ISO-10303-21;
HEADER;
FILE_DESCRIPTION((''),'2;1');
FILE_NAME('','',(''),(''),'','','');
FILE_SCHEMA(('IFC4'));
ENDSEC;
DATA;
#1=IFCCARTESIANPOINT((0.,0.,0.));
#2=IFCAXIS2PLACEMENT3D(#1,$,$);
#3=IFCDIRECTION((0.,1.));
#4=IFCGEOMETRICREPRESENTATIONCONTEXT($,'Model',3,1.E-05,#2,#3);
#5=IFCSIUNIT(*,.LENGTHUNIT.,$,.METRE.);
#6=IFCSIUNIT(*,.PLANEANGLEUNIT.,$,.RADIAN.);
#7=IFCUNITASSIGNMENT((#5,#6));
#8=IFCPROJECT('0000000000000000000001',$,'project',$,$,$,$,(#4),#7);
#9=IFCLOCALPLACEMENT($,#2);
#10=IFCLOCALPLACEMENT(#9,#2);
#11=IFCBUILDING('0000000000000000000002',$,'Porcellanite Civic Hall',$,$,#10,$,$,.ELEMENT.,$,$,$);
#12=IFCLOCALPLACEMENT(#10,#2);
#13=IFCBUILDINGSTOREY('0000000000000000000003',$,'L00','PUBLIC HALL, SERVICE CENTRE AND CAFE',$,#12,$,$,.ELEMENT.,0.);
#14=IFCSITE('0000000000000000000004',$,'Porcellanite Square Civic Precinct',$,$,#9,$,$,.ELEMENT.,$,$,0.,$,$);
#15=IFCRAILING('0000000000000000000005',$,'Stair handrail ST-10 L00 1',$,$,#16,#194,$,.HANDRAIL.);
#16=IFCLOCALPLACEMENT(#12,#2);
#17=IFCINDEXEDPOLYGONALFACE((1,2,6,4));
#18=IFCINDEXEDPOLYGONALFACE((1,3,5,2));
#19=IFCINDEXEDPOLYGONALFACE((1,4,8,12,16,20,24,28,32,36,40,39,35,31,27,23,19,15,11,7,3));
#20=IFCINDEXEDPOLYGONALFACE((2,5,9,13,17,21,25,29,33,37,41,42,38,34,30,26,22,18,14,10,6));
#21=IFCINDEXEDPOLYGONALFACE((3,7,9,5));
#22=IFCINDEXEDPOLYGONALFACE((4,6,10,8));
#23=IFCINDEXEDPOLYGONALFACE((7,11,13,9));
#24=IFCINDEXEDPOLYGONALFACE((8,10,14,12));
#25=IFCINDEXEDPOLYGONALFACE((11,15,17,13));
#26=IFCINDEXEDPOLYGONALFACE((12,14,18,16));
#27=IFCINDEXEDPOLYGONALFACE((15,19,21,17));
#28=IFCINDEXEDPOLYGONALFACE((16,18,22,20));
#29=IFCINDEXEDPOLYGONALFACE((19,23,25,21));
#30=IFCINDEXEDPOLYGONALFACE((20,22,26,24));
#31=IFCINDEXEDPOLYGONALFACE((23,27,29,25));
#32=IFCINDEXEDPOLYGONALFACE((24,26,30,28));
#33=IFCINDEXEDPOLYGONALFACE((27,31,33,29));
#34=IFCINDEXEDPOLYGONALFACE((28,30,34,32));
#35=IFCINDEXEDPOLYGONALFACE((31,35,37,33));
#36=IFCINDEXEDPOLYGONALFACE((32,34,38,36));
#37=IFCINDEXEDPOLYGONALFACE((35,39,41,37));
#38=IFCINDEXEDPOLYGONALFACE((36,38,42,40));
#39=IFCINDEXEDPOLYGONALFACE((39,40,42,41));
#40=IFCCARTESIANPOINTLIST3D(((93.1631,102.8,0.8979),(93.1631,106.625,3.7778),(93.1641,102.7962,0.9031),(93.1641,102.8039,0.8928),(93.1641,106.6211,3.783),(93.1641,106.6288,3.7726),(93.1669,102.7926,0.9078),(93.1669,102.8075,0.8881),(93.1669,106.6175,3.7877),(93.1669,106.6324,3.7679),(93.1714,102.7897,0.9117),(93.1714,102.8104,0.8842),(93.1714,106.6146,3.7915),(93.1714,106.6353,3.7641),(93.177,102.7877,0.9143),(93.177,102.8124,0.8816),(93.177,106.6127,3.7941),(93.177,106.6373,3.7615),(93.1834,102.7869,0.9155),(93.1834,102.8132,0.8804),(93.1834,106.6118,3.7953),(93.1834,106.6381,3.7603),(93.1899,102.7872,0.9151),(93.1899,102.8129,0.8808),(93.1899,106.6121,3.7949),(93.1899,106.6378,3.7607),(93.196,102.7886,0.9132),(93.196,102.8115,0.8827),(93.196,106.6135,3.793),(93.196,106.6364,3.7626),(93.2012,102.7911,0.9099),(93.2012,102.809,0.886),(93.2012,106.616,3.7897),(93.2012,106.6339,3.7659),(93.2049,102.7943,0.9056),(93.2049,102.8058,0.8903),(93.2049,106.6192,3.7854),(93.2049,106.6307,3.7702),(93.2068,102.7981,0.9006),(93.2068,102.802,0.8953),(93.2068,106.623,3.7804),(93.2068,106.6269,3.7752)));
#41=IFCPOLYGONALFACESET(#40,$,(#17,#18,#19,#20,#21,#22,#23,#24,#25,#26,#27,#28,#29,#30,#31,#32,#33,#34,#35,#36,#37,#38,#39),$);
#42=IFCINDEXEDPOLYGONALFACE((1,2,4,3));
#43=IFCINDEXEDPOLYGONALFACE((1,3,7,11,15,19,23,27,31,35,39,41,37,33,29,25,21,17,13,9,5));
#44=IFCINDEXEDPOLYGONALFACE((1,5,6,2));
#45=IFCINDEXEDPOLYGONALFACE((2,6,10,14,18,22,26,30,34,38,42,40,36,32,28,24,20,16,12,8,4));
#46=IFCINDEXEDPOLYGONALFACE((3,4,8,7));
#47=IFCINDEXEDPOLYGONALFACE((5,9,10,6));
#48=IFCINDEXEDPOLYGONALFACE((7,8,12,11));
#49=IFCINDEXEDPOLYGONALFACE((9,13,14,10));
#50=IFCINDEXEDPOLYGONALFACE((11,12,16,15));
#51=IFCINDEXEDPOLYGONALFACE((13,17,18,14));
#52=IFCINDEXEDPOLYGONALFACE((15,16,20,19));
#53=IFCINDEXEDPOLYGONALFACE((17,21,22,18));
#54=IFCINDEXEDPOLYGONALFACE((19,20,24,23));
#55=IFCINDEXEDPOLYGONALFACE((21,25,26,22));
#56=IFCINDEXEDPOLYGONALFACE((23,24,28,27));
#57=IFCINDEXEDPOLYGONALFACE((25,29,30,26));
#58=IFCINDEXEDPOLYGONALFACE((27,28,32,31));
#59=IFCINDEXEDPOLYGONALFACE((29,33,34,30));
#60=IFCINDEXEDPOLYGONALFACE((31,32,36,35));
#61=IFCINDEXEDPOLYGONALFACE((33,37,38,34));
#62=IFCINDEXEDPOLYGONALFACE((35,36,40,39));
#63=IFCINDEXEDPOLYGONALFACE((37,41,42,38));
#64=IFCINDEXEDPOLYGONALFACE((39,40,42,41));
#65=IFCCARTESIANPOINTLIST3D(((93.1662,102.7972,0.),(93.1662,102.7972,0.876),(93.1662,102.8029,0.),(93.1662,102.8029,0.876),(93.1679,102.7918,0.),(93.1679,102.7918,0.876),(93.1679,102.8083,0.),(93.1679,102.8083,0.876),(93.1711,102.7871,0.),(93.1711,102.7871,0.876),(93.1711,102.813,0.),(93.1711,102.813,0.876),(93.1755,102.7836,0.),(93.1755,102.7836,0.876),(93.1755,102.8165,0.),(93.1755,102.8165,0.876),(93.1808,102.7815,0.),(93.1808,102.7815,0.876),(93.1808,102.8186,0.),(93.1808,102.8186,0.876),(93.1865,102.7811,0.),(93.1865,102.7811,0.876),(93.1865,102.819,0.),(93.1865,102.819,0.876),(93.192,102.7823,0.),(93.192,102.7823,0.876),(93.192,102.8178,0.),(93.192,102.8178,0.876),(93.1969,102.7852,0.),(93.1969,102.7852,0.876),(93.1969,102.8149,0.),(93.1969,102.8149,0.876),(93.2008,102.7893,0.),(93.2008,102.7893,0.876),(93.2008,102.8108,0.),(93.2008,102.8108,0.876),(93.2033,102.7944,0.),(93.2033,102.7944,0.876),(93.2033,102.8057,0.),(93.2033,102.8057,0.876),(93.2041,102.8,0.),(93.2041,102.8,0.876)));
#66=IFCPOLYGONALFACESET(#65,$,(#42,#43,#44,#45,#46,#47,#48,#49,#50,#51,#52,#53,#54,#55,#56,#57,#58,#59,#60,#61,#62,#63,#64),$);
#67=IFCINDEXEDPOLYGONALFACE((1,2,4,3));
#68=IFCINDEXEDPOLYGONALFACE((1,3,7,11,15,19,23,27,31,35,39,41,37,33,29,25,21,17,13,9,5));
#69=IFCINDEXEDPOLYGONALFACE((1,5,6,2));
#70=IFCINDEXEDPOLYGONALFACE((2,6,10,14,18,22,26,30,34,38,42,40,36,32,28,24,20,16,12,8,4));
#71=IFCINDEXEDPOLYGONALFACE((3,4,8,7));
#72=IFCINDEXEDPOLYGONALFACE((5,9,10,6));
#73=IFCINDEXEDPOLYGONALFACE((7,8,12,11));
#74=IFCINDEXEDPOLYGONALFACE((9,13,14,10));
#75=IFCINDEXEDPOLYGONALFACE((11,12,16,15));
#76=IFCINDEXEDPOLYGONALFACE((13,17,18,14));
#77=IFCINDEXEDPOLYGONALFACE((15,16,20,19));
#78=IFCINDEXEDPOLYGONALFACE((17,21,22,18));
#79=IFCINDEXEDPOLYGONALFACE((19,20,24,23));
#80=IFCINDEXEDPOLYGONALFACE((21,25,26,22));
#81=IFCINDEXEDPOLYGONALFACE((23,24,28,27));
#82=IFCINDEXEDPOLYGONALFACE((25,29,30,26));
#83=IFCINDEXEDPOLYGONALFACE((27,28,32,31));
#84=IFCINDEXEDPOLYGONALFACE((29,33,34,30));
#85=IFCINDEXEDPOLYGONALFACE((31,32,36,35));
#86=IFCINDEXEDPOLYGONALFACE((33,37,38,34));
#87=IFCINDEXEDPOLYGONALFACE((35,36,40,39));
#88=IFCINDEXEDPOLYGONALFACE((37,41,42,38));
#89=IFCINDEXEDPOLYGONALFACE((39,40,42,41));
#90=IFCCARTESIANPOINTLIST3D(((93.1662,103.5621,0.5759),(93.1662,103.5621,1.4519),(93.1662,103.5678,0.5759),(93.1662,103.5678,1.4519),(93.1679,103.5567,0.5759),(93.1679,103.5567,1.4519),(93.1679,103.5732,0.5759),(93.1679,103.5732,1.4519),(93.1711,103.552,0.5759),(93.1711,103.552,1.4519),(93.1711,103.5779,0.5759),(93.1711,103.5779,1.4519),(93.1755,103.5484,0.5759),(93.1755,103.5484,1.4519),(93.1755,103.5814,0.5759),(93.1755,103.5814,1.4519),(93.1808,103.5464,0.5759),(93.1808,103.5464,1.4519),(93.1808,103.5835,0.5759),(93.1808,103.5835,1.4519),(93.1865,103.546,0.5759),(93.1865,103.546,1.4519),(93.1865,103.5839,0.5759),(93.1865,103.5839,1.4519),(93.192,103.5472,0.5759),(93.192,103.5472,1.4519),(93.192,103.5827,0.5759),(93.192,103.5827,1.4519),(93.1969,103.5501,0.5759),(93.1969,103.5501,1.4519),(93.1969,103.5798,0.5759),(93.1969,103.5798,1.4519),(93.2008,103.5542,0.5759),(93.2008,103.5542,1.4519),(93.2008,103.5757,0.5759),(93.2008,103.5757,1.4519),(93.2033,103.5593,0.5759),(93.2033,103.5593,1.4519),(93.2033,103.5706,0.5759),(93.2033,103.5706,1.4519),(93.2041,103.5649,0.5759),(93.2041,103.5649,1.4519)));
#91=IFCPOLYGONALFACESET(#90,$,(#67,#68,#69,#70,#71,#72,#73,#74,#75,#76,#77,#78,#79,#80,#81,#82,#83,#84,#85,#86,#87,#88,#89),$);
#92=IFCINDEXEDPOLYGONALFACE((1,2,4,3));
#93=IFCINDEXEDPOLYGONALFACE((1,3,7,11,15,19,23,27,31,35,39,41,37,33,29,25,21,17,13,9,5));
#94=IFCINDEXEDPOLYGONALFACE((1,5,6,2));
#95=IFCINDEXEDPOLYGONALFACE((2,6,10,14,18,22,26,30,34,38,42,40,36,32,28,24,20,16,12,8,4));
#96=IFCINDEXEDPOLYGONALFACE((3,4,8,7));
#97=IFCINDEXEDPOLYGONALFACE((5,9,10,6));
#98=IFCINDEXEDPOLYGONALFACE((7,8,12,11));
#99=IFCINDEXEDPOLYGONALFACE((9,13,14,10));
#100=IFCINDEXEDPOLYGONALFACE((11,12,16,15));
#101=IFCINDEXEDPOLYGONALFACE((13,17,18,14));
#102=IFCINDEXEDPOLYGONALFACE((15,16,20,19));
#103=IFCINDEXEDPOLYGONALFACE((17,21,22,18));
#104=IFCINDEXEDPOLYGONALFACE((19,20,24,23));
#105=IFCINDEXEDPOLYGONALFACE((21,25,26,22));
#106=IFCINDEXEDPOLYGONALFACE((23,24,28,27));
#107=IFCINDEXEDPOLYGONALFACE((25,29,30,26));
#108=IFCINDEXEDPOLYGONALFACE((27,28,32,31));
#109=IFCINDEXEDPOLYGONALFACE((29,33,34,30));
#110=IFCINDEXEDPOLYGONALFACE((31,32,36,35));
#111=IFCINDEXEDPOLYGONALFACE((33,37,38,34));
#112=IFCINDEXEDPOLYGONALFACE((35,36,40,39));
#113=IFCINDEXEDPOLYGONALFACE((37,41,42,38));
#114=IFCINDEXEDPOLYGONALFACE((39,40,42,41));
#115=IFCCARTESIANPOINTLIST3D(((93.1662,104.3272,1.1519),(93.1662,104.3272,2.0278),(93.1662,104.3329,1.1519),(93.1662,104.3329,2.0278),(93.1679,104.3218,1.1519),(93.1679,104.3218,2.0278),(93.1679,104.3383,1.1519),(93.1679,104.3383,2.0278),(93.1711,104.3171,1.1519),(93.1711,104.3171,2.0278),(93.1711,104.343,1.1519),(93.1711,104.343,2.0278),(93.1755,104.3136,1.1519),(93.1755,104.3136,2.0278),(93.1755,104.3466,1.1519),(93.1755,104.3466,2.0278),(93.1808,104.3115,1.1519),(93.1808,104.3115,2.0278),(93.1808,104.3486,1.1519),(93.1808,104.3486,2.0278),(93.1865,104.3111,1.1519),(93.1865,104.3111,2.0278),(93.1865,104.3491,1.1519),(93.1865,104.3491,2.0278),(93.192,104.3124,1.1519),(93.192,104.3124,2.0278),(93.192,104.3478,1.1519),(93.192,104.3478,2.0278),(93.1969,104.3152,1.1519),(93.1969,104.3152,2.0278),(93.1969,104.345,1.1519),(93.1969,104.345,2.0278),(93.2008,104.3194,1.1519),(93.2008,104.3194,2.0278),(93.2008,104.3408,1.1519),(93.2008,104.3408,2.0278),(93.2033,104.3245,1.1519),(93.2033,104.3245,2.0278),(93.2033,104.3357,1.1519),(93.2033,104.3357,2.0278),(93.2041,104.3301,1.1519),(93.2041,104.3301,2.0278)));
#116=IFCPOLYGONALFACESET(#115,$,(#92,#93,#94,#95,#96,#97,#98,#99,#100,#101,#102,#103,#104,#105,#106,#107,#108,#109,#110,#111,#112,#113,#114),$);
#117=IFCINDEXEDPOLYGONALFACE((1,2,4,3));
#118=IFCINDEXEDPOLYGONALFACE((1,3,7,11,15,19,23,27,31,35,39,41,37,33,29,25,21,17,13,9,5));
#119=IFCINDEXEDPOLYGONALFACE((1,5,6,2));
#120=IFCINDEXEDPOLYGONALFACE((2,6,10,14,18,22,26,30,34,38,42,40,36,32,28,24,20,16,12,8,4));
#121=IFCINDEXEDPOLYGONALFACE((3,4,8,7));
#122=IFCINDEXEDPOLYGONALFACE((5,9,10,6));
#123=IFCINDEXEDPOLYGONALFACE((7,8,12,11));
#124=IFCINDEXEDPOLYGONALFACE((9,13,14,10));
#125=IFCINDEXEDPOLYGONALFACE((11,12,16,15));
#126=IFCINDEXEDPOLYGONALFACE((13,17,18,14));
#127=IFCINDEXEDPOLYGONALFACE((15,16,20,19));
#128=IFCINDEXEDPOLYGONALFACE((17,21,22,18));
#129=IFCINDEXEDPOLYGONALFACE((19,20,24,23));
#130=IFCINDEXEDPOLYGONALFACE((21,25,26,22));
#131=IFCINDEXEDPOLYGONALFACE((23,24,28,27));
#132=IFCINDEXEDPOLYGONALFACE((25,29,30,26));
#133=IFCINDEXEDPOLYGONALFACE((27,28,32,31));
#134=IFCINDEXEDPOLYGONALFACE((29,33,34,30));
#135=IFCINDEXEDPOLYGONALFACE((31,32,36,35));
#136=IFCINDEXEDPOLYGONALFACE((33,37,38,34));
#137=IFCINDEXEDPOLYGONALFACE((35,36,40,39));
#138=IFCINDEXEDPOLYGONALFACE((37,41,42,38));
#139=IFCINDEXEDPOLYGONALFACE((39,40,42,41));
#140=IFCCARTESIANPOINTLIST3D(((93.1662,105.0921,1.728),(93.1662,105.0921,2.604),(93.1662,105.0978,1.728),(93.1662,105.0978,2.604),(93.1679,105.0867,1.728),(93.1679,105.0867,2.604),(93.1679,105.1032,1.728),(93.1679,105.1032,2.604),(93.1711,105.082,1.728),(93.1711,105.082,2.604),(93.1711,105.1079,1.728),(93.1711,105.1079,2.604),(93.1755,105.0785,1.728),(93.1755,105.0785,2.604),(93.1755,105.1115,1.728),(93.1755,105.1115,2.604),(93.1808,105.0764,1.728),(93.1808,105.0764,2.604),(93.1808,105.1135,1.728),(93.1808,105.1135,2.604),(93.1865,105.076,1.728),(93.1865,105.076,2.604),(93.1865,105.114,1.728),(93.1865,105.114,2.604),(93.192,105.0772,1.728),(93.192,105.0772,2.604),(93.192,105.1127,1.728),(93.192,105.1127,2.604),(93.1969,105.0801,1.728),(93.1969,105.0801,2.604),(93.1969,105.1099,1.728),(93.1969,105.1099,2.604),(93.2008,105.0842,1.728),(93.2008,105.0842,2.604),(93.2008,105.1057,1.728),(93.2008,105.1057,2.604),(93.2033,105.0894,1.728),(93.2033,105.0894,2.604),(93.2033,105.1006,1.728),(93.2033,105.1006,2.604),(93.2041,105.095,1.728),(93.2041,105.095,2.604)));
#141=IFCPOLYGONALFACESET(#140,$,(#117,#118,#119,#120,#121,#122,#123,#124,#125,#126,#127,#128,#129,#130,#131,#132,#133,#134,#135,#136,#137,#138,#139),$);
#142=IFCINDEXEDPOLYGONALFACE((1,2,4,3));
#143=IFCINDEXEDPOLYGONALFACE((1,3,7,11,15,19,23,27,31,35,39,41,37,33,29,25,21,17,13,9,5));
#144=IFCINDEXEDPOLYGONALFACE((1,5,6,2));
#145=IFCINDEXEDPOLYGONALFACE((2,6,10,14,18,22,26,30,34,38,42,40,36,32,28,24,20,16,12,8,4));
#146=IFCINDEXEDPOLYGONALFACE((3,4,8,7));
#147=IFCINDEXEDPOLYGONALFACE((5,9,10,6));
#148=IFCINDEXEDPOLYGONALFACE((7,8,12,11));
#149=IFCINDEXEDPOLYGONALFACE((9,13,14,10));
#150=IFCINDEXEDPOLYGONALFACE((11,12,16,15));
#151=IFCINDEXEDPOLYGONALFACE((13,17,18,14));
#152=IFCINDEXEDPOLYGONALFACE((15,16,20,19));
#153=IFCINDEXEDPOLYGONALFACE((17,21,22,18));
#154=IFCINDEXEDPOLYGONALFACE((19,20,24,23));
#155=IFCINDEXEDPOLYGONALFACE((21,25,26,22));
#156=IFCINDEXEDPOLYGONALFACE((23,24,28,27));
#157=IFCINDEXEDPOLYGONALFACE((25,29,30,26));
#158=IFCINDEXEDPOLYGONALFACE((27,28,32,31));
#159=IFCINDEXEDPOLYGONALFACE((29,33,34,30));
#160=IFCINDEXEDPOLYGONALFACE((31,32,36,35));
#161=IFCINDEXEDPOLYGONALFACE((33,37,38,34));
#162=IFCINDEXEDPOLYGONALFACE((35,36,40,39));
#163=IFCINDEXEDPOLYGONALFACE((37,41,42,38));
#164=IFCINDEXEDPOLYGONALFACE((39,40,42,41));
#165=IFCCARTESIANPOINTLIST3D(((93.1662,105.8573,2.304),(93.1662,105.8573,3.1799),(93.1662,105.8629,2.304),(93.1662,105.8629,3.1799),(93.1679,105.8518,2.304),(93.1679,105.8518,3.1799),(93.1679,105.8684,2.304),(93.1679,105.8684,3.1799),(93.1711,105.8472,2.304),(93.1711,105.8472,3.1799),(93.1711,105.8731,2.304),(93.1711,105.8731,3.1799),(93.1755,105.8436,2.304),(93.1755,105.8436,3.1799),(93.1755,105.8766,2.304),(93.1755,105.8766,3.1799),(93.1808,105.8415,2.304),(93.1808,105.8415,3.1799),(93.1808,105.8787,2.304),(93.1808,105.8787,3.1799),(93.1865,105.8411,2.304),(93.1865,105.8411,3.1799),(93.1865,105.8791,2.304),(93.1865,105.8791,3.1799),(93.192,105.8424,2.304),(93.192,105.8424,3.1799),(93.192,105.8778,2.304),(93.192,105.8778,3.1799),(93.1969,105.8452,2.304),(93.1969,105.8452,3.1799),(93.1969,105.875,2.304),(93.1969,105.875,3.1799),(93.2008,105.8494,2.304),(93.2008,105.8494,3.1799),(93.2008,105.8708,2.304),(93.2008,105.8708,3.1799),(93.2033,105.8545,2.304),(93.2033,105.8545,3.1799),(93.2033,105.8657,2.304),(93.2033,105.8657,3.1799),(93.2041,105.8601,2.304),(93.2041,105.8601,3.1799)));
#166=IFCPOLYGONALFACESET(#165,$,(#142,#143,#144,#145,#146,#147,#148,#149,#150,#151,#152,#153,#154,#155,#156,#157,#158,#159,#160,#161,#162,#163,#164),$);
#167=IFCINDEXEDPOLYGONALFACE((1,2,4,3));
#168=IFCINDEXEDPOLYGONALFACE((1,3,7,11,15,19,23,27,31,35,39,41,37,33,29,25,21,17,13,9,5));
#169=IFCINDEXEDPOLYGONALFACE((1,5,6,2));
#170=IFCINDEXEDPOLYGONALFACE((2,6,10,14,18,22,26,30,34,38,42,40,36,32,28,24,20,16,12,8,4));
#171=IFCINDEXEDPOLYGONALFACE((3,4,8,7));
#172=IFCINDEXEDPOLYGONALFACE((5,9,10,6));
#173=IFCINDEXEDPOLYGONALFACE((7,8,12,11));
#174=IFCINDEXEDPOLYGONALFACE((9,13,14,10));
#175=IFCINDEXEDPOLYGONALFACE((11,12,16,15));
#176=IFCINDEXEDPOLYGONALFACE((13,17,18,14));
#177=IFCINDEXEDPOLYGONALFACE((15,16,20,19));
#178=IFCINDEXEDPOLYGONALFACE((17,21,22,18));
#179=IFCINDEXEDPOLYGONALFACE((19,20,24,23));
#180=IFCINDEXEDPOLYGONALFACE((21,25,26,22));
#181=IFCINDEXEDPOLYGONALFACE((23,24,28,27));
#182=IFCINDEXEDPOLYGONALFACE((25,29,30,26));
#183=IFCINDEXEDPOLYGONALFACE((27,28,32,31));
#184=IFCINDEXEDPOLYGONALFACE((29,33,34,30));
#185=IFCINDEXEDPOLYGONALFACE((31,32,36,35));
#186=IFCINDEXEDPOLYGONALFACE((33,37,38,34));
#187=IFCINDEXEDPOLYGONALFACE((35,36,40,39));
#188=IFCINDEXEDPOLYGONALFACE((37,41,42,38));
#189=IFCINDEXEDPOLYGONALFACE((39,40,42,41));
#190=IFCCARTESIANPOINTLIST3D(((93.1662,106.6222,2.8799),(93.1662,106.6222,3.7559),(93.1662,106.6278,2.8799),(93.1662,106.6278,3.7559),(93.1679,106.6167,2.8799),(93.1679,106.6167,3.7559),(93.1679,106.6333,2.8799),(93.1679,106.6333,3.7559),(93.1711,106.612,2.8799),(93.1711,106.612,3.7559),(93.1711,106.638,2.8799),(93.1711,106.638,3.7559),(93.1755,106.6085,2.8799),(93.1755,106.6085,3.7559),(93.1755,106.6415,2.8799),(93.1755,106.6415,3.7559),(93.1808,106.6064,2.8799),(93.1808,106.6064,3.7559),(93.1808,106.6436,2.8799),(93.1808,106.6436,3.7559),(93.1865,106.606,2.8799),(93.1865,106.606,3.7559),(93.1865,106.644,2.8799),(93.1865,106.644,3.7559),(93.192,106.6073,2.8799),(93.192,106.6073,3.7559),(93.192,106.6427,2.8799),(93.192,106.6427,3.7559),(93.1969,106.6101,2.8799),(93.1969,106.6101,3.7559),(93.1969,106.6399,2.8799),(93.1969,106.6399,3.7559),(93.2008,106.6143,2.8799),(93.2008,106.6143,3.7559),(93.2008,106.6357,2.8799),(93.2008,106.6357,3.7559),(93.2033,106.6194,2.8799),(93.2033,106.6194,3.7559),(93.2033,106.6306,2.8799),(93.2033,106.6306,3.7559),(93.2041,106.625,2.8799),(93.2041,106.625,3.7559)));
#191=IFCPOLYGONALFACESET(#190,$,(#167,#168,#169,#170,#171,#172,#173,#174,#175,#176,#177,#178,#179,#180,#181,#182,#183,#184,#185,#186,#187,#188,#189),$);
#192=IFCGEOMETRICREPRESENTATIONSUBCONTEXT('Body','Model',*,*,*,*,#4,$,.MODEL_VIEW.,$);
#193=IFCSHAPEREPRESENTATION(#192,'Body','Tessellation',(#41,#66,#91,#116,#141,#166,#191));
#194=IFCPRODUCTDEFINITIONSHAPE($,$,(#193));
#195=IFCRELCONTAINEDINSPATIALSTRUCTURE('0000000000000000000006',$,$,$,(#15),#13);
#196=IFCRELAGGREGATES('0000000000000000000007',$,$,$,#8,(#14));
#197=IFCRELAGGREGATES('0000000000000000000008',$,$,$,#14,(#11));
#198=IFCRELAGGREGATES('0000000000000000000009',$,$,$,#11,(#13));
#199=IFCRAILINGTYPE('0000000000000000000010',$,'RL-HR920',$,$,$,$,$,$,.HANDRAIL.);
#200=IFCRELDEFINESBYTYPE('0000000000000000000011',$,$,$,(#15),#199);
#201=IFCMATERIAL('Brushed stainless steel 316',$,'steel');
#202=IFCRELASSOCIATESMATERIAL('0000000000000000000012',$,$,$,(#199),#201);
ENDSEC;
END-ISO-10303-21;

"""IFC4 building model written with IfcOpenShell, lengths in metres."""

from ifc_helpers import new_model, si_unit, direction, frame, origin, origin_2d, place, context, subcontext, project, spatial, circle, extrude, material, type_object, element, save


model = new_model("IFC4")

# Units and contexts
model_context = context("Model", 3, precision=1e-05, world=origin(), true_north=direction((0.0, 1.0)))
body_context = subcontext(model_context, "Body", "Model", "MODEL_VIEW")
ifc_project = project(units=[si_unit("LENGTHUNIT", "METRE"), si_unit("PLANEANGLEUNIT", "RADIAN")], contexts=[model_context])

# Site, building, storey
site_placement = place(None, origin())
site = spatial("IfcSite", under=ifc_project, at=site_placement, Name="Porcellanite Square Civic Precinct", CompositionType="ELEMENT", RefElevation=0.0)
building_placement = place(site_placement, origin())
building = spatial("IfcBuilding", under=site, at=building_placement, Name="Porcellanite Civic Hall", CompositionType="ELEMENT")
storey_placement = place(building_placement, origin())
storey = spatial("IfcBuildingStorey", under=building, at=storey_placement, Name="L00", Description="PUBLIC HALL, SERVICE CENTRE AND CAFE", CompositionType="ELEMENT", Elevation=0.0)

# Railing
ifc_material_1 = material(Name="Brushed stainless steel 316", Category="steel")
railing_type_1 = type_object("IfcRailingType", Name="RL-HR920", PredefinedType="HANDRAIL", material=ifc_material_1)
railing_1_placement = place(storey_placement, frame((93.1851, 102.8, 0.0)))
element("IfcRailing", 1, at=railing_1_placement, inside=storey, type_object=railing_type_1, Name="Stair handrail ST-10 L00 1", PredefinedType="HANDRAIL", context=body_context, shape_type="SweptSolid", body=[
    extrude(circle(Radius=0.022, at=origin_2d()), frame((0.0, 0.0, 0.8979), z_axis=(0.0, 0.798879, 0.601492), x_axis=(-1.0, 0.0, 0.0)), (0.0, 0.0, 1.0), 4.7878),
    extrude(circle(Radius=0.019, at=origin_2d()), origin(), (0.0, 0.0, 1.0), 0.876),
    extrude(circle(Radius=0.019, at=origin_2d()), frame((0.0, 0.7649, 0.5759)), (0.0, 0.0, 1.0), 0.876),
    extrude(circle(Radius=0.019, at=origin_2d()), frame((0.0, 1.53, 1.1519)), (0.0, 0.0, 1.0), 0.876),
    extrude(circle(Radius=0.019, at=origin_2d()), frame((0.0, 2.2949, 1.728)), (0.0, 0.0, 1.0), 0.876),
    extrude(circle(Radius=0.019, at=origin_2d()), frame((0.0, 3.0601, 2.304)), (0.0, 0.0, 1.0), 0.876),
    extrude(circle(Radius=0.019, at=origin_2d()), frame((0.0, 3.825, 2.8799)), (0.0, 0.0, 1.0), 0.876),
])

save(model, "model.ifc")
